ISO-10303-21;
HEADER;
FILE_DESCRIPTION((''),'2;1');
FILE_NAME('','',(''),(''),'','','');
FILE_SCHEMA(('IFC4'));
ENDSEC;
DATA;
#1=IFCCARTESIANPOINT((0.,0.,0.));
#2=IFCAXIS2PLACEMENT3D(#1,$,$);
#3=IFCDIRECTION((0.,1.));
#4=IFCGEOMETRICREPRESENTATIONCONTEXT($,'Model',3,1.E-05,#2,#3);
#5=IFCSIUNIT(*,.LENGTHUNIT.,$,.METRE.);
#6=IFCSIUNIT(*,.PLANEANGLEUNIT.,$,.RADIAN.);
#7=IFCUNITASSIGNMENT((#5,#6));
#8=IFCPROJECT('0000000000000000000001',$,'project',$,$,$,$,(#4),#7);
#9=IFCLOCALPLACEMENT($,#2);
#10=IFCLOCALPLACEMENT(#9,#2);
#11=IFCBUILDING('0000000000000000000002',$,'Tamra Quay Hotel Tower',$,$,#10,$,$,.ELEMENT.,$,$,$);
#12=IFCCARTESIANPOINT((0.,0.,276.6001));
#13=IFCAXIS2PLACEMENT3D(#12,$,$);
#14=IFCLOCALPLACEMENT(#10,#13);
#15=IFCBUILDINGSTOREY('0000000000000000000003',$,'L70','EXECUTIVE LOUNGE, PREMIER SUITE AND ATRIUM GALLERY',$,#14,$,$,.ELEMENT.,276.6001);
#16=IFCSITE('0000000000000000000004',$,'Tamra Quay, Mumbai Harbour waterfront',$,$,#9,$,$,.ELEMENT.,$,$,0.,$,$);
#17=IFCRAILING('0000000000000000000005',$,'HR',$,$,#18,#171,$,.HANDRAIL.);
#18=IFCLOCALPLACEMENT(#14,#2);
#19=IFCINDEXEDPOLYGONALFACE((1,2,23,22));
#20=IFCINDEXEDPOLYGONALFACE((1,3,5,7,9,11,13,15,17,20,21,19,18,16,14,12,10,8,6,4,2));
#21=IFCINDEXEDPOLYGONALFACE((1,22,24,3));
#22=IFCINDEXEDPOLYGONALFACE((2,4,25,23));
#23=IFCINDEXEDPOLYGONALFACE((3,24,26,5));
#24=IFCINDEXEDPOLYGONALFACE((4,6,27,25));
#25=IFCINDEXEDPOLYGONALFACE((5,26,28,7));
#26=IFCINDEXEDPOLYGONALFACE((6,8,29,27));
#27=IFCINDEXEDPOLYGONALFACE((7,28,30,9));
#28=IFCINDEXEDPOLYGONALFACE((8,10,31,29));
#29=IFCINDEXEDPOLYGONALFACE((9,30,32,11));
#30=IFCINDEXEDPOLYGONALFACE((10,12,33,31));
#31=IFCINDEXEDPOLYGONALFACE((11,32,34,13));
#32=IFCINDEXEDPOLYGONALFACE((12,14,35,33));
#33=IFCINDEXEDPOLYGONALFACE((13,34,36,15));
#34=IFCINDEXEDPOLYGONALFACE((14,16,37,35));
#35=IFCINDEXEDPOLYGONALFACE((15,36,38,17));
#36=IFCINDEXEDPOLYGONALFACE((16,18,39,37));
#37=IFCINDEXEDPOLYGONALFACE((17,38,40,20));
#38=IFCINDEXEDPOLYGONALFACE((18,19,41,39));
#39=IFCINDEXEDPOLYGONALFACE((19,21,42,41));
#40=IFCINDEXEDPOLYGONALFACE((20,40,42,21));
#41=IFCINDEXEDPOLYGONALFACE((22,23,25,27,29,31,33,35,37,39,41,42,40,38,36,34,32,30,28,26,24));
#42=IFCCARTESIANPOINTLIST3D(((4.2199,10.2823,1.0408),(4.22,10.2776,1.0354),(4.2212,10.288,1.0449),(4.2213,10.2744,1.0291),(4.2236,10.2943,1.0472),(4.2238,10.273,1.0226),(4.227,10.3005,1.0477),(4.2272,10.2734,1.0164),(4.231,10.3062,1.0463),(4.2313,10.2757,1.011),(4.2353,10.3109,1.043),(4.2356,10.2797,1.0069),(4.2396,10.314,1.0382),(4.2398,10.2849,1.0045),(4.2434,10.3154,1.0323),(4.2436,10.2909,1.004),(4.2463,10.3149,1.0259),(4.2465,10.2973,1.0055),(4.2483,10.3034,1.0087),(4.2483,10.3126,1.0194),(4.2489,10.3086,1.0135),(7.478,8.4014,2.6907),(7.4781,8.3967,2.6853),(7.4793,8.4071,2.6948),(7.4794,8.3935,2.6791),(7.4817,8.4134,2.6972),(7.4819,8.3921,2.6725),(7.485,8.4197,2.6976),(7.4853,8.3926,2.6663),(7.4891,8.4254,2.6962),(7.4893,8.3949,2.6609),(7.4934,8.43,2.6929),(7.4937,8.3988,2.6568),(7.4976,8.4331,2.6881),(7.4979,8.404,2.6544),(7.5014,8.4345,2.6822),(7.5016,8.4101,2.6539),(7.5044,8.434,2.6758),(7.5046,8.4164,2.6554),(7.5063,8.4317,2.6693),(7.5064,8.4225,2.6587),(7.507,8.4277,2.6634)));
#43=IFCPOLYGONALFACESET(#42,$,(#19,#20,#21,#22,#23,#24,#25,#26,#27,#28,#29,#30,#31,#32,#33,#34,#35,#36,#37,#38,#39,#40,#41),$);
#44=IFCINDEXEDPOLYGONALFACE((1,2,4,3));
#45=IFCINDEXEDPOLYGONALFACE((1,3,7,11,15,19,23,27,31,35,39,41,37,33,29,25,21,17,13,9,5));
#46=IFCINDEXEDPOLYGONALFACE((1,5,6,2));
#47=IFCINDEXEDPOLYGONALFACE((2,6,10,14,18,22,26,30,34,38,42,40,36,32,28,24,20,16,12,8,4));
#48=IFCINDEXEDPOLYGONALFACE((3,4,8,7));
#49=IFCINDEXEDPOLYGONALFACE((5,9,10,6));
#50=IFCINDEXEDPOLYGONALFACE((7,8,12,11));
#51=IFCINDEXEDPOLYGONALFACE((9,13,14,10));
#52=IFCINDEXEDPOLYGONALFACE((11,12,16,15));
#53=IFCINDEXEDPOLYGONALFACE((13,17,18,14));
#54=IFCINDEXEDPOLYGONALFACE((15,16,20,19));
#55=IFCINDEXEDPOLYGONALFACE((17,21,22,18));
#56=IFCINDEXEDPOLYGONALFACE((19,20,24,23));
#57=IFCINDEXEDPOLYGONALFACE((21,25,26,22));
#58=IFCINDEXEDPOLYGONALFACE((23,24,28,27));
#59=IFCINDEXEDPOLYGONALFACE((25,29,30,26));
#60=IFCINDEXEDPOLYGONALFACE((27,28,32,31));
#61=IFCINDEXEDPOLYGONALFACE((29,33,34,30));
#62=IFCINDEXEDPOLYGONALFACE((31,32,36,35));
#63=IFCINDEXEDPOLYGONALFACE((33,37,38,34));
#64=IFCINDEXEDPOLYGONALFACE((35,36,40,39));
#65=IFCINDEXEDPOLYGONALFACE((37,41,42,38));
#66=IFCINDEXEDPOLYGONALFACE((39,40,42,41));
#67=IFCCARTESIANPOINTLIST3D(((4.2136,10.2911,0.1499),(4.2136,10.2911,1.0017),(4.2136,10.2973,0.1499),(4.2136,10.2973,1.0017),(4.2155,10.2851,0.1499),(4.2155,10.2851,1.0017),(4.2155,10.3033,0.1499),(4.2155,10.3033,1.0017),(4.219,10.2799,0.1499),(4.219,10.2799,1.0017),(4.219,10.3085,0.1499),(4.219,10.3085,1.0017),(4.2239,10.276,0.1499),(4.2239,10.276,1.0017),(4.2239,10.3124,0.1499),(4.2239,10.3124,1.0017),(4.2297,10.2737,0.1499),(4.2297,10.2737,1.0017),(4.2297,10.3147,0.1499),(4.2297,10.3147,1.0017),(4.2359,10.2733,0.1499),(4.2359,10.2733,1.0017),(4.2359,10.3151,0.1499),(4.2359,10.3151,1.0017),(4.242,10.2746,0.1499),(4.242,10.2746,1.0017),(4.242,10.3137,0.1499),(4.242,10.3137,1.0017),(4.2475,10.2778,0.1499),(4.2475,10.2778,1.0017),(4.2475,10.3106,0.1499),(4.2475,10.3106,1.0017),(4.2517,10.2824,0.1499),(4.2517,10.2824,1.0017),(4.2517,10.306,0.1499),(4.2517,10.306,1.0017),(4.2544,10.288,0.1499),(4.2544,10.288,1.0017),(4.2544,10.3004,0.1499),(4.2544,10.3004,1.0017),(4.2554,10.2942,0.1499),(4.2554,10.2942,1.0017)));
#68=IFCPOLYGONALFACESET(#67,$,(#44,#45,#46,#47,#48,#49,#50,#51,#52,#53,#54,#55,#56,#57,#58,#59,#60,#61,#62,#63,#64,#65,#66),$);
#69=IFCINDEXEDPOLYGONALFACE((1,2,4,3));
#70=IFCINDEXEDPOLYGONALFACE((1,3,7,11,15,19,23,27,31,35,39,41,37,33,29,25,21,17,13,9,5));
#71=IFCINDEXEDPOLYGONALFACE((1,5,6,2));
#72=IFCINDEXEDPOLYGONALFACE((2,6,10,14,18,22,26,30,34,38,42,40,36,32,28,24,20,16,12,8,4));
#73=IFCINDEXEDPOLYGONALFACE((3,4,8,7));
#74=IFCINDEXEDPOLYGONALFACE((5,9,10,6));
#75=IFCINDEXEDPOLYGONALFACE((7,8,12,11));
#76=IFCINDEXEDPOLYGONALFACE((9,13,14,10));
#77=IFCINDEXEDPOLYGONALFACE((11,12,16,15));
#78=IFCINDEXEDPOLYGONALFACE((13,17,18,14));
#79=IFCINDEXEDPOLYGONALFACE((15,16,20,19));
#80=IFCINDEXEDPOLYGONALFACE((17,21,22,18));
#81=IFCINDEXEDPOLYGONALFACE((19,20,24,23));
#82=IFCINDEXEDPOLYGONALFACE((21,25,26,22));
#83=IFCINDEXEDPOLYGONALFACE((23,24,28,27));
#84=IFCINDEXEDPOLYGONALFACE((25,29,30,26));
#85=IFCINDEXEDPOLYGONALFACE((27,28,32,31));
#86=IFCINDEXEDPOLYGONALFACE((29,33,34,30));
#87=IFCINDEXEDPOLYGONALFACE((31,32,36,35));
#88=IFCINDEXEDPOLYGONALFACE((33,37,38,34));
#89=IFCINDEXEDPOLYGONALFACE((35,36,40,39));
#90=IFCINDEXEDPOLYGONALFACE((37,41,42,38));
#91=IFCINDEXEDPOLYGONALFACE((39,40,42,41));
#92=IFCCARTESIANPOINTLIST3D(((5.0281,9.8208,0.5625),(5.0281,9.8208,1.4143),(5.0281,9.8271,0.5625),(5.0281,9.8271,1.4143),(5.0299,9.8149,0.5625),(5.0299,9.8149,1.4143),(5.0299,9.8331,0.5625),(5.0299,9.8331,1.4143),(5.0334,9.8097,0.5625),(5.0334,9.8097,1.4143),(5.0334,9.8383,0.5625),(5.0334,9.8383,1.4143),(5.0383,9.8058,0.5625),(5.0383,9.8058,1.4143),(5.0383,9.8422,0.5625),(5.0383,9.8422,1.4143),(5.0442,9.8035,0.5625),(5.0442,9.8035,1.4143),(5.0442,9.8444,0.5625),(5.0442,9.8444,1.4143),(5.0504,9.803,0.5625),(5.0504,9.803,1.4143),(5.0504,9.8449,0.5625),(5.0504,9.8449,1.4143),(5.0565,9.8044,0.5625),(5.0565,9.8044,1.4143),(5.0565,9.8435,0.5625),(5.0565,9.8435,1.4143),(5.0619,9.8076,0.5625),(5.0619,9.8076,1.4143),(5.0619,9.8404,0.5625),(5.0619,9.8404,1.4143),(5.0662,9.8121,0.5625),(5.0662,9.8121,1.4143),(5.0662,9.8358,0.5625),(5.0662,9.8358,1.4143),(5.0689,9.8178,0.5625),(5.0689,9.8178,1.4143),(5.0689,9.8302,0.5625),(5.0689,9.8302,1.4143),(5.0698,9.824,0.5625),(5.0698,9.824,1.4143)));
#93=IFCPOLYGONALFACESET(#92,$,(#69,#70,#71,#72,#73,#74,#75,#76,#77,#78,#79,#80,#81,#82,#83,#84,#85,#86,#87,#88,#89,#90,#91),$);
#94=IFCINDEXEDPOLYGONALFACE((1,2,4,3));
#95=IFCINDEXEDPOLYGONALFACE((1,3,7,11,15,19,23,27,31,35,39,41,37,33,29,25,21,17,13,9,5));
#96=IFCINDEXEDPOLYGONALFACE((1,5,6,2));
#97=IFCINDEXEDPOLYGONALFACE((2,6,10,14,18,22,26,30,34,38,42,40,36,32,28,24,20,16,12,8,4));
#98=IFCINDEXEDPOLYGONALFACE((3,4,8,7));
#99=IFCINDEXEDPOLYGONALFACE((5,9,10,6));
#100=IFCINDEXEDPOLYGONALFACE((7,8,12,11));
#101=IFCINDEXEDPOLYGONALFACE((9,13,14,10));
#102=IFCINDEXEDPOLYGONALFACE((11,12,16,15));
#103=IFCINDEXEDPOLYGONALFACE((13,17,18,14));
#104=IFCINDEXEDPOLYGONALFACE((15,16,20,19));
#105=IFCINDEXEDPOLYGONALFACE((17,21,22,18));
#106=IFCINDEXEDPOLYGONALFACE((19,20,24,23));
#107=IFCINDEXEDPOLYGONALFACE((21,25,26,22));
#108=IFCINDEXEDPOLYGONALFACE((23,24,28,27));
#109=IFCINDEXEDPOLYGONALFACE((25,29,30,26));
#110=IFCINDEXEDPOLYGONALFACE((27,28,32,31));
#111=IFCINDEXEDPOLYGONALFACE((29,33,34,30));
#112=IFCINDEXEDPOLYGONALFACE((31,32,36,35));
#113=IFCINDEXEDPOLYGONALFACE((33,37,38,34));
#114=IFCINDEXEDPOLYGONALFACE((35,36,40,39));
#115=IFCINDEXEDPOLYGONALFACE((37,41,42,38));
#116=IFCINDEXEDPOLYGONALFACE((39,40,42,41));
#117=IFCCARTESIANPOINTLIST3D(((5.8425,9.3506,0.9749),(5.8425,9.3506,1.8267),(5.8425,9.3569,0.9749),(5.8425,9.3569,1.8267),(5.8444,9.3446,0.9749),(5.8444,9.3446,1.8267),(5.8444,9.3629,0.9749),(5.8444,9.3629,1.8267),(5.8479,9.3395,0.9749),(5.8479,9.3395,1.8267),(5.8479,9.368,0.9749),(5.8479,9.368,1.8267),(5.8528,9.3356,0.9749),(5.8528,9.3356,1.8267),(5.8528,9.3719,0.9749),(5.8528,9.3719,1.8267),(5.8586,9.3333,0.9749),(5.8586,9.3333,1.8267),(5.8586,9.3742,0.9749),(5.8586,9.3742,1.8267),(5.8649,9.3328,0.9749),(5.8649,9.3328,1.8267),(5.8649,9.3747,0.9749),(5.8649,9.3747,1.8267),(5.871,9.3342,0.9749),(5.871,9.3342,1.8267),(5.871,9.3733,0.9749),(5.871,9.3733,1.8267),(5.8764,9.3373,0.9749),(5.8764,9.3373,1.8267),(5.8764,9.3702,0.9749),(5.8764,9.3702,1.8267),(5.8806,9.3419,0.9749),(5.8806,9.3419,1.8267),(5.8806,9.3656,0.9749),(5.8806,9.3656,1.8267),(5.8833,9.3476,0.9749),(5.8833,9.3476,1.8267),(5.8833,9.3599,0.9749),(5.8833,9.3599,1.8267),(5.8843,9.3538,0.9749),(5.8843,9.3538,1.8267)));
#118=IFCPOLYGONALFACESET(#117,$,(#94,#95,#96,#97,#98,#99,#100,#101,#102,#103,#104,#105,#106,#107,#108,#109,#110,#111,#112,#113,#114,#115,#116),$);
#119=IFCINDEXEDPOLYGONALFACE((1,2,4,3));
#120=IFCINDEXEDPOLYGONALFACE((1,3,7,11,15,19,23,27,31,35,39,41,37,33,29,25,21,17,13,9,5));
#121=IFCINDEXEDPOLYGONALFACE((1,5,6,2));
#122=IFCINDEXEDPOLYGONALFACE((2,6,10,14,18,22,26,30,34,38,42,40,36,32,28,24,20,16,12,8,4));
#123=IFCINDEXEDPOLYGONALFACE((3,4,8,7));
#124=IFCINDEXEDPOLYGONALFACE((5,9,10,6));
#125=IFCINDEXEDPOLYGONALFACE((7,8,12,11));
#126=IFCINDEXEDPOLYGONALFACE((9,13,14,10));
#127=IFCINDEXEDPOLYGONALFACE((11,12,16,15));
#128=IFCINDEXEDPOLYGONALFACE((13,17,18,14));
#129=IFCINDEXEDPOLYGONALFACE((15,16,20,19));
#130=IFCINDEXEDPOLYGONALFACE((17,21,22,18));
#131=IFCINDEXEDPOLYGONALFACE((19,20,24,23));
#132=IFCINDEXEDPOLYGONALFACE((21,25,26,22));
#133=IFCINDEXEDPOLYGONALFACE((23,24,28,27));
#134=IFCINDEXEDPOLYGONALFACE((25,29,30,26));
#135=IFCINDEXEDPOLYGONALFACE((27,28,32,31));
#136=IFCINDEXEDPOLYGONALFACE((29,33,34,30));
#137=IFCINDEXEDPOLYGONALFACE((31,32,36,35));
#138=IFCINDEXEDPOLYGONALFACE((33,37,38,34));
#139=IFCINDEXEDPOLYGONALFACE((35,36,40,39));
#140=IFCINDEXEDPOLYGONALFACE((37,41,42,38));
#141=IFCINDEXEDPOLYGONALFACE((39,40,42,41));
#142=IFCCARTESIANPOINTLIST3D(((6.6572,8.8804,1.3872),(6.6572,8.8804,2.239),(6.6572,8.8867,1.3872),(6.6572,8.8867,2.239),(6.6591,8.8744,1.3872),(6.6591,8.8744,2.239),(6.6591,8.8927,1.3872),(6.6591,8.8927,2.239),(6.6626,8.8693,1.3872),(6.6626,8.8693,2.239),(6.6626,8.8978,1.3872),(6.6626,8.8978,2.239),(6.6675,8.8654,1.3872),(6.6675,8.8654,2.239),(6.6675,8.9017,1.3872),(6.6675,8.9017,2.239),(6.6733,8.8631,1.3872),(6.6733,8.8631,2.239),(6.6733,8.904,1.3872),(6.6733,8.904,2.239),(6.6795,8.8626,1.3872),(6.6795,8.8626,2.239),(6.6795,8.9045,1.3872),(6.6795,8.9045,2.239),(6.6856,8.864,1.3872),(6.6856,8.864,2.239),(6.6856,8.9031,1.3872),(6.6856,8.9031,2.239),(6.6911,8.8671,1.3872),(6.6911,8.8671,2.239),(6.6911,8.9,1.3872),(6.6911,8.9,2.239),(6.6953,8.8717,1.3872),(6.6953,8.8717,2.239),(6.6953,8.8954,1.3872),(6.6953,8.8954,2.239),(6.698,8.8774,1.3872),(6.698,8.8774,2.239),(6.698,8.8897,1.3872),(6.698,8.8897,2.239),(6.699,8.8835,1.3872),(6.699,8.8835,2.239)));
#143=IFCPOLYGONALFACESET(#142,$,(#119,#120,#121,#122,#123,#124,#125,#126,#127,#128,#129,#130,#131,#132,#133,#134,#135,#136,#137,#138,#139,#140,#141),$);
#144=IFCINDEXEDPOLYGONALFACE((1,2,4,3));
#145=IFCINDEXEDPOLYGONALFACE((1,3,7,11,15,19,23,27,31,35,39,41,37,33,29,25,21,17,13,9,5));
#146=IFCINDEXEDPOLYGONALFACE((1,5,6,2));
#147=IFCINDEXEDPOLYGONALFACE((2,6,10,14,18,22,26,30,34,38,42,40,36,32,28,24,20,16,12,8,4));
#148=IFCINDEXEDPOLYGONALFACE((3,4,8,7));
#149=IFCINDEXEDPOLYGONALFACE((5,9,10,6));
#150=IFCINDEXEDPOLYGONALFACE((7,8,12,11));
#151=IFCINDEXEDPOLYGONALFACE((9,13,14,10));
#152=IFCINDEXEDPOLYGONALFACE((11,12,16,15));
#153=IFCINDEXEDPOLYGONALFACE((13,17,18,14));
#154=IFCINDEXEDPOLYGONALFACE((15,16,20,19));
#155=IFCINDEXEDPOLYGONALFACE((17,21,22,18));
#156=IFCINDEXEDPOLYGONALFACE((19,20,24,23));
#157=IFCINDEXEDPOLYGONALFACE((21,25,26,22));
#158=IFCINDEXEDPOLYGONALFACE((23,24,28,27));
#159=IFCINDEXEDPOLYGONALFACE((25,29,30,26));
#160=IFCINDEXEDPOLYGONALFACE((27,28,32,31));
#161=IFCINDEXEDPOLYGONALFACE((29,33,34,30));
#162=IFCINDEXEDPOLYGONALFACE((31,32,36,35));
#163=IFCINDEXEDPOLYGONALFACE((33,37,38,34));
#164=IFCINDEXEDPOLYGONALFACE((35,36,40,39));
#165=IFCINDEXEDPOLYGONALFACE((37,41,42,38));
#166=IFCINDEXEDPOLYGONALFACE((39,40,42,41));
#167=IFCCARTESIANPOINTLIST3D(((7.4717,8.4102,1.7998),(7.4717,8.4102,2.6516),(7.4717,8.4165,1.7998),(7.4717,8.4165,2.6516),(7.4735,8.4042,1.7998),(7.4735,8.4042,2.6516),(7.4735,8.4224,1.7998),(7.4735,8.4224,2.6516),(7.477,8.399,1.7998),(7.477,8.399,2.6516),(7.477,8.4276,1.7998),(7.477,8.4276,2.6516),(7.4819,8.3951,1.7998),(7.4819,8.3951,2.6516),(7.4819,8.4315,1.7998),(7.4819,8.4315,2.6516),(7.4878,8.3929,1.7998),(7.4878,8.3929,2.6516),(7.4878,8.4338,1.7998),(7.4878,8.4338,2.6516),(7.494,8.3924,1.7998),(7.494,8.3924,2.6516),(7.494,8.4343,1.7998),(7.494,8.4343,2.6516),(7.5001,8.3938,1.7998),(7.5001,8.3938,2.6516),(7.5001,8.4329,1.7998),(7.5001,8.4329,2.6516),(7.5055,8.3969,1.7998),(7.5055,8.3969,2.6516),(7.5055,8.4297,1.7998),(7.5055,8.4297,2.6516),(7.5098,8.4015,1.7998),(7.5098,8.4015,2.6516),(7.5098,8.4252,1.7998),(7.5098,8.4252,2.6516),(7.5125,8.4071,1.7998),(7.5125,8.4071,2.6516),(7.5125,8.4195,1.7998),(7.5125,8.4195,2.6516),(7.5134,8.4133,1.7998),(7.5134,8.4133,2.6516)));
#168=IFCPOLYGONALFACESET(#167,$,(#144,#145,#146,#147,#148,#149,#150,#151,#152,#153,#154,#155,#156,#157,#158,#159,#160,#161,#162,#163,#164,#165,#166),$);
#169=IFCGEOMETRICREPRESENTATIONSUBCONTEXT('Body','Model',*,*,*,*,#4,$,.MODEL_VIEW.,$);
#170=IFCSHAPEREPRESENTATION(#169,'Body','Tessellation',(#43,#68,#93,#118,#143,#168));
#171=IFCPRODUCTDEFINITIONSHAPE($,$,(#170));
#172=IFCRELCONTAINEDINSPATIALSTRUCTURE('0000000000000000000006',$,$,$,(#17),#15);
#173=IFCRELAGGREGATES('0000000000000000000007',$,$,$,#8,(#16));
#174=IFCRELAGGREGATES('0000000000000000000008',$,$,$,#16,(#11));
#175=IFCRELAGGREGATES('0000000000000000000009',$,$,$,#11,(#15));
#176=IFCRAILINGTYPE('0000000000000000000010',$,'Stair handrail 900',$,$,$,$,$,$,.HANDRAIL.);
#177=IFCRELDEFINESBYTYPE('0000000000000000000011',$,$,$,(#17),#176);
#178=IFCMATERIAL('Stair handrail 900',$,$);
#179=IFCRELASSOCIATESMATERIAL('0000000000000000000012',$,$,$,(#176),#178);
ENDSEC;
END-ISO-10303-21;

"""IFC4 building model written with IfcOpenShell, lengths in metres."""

from ifc_helpers import new_model, si_unit, direction, frame, origin, origin_2d, place, context, subcontext, project, spatial, circle, extrude, material, type_object, element, save


model = new_model("IFC4")

# Units and contexts
model_context = context("Model", 3, precision=1e-05, world=origin(), true_north=direction((0.0, 1.0)))
body_context = subcontext(model_context, "Body", "Model", "MODEL_VIEW")
ifc_project = project(units=[si_unit("LENGTHUNIT", "METRE"), si_unit("PLANEANGLEUNIT", "RADIAN")], contexts=[model_context])

# Site, building, storey
site_placement = place(None, origin())
site = spatial("IfcSite", under=ifc_project, at=site_placement, Name="Tamra Quay, Mumbai Harbour waterfront", CompositionType="ELEMENT", RefElevation=0.0)
building_placement = place(site_placement, origin())
building = spatial("IfcBuilding", under=site, at=building_placement, Name="Tamra Quay Hotel Tower", CompositionType="ELEMENT")
storey_placement = place(building_placement, frame((0.0, 0.0, 276.6001)))
storey = spatial("IfcBuildingStorey", under=building, at=storey_placement, Name="L70", Description="EXECUTIVE LOUNGE, PREMIER SUITE AND ATRIUM GALLERY", CompositionType="ELEMENT", Elevation=276.6001)

# Railing
ifc_material_1 = material(Name="Stair handrail 900")
railing_type_1 = type_object("IfcRailingType", Name="Stair handrail 900", PredefinedType="HANDRAIL", material=ifc_material_1)
railing_1_placement = place(storey_placement, frame((4.2344, 10.2942, 0.1499)))
element("IfcRailing", 1, at=railing_1_placement, inside=storey, type_object=railing_type_1, Name="HR", PredefinedType="HANDRAIL", context=body_context, shape_type="SweptSolid", body=[
    extrude(circle(Radius=0.0239, at=origin_2d()), frame((0.0, 0.0, 0.876), z_axis=(0.793122, -0.457865, 0.401642), x_axis=(0.499964, 0.866046, 0.0)), (0.0, 0.0, 1.0), 4.1079),
    extrude(circle(Radius=0.021, at=origin_2d()), origin(), (0.0, 0.0, 1.0), 0.8518),
    extrude(circle(Radius=0.021, at=origin_2d()), frame((0.8145, -0.4702, 0.4126)), (0.0, 0.0, 1.0), 0.8518),
    extrude(circle(Radius=0.021, at=origin_2d()), frame((1.6289, -0.9404, 0.825)), (0.0, 0.0, 1.0), 0.8518),
    extrude(circle(Radius=0.021, at=origin_2d()), frame((2.4436, -1.4106, 1.2373)), (0.0, 0.0, 1.0), 0.8518),
    extrude(circle(Radius=0.021, at=origin_2d()), frame((3.2581, -1.8809, 1.6499)), (0.0, 0.0, 1.0), 0.8518),
])

save(model, "model.ifc")
